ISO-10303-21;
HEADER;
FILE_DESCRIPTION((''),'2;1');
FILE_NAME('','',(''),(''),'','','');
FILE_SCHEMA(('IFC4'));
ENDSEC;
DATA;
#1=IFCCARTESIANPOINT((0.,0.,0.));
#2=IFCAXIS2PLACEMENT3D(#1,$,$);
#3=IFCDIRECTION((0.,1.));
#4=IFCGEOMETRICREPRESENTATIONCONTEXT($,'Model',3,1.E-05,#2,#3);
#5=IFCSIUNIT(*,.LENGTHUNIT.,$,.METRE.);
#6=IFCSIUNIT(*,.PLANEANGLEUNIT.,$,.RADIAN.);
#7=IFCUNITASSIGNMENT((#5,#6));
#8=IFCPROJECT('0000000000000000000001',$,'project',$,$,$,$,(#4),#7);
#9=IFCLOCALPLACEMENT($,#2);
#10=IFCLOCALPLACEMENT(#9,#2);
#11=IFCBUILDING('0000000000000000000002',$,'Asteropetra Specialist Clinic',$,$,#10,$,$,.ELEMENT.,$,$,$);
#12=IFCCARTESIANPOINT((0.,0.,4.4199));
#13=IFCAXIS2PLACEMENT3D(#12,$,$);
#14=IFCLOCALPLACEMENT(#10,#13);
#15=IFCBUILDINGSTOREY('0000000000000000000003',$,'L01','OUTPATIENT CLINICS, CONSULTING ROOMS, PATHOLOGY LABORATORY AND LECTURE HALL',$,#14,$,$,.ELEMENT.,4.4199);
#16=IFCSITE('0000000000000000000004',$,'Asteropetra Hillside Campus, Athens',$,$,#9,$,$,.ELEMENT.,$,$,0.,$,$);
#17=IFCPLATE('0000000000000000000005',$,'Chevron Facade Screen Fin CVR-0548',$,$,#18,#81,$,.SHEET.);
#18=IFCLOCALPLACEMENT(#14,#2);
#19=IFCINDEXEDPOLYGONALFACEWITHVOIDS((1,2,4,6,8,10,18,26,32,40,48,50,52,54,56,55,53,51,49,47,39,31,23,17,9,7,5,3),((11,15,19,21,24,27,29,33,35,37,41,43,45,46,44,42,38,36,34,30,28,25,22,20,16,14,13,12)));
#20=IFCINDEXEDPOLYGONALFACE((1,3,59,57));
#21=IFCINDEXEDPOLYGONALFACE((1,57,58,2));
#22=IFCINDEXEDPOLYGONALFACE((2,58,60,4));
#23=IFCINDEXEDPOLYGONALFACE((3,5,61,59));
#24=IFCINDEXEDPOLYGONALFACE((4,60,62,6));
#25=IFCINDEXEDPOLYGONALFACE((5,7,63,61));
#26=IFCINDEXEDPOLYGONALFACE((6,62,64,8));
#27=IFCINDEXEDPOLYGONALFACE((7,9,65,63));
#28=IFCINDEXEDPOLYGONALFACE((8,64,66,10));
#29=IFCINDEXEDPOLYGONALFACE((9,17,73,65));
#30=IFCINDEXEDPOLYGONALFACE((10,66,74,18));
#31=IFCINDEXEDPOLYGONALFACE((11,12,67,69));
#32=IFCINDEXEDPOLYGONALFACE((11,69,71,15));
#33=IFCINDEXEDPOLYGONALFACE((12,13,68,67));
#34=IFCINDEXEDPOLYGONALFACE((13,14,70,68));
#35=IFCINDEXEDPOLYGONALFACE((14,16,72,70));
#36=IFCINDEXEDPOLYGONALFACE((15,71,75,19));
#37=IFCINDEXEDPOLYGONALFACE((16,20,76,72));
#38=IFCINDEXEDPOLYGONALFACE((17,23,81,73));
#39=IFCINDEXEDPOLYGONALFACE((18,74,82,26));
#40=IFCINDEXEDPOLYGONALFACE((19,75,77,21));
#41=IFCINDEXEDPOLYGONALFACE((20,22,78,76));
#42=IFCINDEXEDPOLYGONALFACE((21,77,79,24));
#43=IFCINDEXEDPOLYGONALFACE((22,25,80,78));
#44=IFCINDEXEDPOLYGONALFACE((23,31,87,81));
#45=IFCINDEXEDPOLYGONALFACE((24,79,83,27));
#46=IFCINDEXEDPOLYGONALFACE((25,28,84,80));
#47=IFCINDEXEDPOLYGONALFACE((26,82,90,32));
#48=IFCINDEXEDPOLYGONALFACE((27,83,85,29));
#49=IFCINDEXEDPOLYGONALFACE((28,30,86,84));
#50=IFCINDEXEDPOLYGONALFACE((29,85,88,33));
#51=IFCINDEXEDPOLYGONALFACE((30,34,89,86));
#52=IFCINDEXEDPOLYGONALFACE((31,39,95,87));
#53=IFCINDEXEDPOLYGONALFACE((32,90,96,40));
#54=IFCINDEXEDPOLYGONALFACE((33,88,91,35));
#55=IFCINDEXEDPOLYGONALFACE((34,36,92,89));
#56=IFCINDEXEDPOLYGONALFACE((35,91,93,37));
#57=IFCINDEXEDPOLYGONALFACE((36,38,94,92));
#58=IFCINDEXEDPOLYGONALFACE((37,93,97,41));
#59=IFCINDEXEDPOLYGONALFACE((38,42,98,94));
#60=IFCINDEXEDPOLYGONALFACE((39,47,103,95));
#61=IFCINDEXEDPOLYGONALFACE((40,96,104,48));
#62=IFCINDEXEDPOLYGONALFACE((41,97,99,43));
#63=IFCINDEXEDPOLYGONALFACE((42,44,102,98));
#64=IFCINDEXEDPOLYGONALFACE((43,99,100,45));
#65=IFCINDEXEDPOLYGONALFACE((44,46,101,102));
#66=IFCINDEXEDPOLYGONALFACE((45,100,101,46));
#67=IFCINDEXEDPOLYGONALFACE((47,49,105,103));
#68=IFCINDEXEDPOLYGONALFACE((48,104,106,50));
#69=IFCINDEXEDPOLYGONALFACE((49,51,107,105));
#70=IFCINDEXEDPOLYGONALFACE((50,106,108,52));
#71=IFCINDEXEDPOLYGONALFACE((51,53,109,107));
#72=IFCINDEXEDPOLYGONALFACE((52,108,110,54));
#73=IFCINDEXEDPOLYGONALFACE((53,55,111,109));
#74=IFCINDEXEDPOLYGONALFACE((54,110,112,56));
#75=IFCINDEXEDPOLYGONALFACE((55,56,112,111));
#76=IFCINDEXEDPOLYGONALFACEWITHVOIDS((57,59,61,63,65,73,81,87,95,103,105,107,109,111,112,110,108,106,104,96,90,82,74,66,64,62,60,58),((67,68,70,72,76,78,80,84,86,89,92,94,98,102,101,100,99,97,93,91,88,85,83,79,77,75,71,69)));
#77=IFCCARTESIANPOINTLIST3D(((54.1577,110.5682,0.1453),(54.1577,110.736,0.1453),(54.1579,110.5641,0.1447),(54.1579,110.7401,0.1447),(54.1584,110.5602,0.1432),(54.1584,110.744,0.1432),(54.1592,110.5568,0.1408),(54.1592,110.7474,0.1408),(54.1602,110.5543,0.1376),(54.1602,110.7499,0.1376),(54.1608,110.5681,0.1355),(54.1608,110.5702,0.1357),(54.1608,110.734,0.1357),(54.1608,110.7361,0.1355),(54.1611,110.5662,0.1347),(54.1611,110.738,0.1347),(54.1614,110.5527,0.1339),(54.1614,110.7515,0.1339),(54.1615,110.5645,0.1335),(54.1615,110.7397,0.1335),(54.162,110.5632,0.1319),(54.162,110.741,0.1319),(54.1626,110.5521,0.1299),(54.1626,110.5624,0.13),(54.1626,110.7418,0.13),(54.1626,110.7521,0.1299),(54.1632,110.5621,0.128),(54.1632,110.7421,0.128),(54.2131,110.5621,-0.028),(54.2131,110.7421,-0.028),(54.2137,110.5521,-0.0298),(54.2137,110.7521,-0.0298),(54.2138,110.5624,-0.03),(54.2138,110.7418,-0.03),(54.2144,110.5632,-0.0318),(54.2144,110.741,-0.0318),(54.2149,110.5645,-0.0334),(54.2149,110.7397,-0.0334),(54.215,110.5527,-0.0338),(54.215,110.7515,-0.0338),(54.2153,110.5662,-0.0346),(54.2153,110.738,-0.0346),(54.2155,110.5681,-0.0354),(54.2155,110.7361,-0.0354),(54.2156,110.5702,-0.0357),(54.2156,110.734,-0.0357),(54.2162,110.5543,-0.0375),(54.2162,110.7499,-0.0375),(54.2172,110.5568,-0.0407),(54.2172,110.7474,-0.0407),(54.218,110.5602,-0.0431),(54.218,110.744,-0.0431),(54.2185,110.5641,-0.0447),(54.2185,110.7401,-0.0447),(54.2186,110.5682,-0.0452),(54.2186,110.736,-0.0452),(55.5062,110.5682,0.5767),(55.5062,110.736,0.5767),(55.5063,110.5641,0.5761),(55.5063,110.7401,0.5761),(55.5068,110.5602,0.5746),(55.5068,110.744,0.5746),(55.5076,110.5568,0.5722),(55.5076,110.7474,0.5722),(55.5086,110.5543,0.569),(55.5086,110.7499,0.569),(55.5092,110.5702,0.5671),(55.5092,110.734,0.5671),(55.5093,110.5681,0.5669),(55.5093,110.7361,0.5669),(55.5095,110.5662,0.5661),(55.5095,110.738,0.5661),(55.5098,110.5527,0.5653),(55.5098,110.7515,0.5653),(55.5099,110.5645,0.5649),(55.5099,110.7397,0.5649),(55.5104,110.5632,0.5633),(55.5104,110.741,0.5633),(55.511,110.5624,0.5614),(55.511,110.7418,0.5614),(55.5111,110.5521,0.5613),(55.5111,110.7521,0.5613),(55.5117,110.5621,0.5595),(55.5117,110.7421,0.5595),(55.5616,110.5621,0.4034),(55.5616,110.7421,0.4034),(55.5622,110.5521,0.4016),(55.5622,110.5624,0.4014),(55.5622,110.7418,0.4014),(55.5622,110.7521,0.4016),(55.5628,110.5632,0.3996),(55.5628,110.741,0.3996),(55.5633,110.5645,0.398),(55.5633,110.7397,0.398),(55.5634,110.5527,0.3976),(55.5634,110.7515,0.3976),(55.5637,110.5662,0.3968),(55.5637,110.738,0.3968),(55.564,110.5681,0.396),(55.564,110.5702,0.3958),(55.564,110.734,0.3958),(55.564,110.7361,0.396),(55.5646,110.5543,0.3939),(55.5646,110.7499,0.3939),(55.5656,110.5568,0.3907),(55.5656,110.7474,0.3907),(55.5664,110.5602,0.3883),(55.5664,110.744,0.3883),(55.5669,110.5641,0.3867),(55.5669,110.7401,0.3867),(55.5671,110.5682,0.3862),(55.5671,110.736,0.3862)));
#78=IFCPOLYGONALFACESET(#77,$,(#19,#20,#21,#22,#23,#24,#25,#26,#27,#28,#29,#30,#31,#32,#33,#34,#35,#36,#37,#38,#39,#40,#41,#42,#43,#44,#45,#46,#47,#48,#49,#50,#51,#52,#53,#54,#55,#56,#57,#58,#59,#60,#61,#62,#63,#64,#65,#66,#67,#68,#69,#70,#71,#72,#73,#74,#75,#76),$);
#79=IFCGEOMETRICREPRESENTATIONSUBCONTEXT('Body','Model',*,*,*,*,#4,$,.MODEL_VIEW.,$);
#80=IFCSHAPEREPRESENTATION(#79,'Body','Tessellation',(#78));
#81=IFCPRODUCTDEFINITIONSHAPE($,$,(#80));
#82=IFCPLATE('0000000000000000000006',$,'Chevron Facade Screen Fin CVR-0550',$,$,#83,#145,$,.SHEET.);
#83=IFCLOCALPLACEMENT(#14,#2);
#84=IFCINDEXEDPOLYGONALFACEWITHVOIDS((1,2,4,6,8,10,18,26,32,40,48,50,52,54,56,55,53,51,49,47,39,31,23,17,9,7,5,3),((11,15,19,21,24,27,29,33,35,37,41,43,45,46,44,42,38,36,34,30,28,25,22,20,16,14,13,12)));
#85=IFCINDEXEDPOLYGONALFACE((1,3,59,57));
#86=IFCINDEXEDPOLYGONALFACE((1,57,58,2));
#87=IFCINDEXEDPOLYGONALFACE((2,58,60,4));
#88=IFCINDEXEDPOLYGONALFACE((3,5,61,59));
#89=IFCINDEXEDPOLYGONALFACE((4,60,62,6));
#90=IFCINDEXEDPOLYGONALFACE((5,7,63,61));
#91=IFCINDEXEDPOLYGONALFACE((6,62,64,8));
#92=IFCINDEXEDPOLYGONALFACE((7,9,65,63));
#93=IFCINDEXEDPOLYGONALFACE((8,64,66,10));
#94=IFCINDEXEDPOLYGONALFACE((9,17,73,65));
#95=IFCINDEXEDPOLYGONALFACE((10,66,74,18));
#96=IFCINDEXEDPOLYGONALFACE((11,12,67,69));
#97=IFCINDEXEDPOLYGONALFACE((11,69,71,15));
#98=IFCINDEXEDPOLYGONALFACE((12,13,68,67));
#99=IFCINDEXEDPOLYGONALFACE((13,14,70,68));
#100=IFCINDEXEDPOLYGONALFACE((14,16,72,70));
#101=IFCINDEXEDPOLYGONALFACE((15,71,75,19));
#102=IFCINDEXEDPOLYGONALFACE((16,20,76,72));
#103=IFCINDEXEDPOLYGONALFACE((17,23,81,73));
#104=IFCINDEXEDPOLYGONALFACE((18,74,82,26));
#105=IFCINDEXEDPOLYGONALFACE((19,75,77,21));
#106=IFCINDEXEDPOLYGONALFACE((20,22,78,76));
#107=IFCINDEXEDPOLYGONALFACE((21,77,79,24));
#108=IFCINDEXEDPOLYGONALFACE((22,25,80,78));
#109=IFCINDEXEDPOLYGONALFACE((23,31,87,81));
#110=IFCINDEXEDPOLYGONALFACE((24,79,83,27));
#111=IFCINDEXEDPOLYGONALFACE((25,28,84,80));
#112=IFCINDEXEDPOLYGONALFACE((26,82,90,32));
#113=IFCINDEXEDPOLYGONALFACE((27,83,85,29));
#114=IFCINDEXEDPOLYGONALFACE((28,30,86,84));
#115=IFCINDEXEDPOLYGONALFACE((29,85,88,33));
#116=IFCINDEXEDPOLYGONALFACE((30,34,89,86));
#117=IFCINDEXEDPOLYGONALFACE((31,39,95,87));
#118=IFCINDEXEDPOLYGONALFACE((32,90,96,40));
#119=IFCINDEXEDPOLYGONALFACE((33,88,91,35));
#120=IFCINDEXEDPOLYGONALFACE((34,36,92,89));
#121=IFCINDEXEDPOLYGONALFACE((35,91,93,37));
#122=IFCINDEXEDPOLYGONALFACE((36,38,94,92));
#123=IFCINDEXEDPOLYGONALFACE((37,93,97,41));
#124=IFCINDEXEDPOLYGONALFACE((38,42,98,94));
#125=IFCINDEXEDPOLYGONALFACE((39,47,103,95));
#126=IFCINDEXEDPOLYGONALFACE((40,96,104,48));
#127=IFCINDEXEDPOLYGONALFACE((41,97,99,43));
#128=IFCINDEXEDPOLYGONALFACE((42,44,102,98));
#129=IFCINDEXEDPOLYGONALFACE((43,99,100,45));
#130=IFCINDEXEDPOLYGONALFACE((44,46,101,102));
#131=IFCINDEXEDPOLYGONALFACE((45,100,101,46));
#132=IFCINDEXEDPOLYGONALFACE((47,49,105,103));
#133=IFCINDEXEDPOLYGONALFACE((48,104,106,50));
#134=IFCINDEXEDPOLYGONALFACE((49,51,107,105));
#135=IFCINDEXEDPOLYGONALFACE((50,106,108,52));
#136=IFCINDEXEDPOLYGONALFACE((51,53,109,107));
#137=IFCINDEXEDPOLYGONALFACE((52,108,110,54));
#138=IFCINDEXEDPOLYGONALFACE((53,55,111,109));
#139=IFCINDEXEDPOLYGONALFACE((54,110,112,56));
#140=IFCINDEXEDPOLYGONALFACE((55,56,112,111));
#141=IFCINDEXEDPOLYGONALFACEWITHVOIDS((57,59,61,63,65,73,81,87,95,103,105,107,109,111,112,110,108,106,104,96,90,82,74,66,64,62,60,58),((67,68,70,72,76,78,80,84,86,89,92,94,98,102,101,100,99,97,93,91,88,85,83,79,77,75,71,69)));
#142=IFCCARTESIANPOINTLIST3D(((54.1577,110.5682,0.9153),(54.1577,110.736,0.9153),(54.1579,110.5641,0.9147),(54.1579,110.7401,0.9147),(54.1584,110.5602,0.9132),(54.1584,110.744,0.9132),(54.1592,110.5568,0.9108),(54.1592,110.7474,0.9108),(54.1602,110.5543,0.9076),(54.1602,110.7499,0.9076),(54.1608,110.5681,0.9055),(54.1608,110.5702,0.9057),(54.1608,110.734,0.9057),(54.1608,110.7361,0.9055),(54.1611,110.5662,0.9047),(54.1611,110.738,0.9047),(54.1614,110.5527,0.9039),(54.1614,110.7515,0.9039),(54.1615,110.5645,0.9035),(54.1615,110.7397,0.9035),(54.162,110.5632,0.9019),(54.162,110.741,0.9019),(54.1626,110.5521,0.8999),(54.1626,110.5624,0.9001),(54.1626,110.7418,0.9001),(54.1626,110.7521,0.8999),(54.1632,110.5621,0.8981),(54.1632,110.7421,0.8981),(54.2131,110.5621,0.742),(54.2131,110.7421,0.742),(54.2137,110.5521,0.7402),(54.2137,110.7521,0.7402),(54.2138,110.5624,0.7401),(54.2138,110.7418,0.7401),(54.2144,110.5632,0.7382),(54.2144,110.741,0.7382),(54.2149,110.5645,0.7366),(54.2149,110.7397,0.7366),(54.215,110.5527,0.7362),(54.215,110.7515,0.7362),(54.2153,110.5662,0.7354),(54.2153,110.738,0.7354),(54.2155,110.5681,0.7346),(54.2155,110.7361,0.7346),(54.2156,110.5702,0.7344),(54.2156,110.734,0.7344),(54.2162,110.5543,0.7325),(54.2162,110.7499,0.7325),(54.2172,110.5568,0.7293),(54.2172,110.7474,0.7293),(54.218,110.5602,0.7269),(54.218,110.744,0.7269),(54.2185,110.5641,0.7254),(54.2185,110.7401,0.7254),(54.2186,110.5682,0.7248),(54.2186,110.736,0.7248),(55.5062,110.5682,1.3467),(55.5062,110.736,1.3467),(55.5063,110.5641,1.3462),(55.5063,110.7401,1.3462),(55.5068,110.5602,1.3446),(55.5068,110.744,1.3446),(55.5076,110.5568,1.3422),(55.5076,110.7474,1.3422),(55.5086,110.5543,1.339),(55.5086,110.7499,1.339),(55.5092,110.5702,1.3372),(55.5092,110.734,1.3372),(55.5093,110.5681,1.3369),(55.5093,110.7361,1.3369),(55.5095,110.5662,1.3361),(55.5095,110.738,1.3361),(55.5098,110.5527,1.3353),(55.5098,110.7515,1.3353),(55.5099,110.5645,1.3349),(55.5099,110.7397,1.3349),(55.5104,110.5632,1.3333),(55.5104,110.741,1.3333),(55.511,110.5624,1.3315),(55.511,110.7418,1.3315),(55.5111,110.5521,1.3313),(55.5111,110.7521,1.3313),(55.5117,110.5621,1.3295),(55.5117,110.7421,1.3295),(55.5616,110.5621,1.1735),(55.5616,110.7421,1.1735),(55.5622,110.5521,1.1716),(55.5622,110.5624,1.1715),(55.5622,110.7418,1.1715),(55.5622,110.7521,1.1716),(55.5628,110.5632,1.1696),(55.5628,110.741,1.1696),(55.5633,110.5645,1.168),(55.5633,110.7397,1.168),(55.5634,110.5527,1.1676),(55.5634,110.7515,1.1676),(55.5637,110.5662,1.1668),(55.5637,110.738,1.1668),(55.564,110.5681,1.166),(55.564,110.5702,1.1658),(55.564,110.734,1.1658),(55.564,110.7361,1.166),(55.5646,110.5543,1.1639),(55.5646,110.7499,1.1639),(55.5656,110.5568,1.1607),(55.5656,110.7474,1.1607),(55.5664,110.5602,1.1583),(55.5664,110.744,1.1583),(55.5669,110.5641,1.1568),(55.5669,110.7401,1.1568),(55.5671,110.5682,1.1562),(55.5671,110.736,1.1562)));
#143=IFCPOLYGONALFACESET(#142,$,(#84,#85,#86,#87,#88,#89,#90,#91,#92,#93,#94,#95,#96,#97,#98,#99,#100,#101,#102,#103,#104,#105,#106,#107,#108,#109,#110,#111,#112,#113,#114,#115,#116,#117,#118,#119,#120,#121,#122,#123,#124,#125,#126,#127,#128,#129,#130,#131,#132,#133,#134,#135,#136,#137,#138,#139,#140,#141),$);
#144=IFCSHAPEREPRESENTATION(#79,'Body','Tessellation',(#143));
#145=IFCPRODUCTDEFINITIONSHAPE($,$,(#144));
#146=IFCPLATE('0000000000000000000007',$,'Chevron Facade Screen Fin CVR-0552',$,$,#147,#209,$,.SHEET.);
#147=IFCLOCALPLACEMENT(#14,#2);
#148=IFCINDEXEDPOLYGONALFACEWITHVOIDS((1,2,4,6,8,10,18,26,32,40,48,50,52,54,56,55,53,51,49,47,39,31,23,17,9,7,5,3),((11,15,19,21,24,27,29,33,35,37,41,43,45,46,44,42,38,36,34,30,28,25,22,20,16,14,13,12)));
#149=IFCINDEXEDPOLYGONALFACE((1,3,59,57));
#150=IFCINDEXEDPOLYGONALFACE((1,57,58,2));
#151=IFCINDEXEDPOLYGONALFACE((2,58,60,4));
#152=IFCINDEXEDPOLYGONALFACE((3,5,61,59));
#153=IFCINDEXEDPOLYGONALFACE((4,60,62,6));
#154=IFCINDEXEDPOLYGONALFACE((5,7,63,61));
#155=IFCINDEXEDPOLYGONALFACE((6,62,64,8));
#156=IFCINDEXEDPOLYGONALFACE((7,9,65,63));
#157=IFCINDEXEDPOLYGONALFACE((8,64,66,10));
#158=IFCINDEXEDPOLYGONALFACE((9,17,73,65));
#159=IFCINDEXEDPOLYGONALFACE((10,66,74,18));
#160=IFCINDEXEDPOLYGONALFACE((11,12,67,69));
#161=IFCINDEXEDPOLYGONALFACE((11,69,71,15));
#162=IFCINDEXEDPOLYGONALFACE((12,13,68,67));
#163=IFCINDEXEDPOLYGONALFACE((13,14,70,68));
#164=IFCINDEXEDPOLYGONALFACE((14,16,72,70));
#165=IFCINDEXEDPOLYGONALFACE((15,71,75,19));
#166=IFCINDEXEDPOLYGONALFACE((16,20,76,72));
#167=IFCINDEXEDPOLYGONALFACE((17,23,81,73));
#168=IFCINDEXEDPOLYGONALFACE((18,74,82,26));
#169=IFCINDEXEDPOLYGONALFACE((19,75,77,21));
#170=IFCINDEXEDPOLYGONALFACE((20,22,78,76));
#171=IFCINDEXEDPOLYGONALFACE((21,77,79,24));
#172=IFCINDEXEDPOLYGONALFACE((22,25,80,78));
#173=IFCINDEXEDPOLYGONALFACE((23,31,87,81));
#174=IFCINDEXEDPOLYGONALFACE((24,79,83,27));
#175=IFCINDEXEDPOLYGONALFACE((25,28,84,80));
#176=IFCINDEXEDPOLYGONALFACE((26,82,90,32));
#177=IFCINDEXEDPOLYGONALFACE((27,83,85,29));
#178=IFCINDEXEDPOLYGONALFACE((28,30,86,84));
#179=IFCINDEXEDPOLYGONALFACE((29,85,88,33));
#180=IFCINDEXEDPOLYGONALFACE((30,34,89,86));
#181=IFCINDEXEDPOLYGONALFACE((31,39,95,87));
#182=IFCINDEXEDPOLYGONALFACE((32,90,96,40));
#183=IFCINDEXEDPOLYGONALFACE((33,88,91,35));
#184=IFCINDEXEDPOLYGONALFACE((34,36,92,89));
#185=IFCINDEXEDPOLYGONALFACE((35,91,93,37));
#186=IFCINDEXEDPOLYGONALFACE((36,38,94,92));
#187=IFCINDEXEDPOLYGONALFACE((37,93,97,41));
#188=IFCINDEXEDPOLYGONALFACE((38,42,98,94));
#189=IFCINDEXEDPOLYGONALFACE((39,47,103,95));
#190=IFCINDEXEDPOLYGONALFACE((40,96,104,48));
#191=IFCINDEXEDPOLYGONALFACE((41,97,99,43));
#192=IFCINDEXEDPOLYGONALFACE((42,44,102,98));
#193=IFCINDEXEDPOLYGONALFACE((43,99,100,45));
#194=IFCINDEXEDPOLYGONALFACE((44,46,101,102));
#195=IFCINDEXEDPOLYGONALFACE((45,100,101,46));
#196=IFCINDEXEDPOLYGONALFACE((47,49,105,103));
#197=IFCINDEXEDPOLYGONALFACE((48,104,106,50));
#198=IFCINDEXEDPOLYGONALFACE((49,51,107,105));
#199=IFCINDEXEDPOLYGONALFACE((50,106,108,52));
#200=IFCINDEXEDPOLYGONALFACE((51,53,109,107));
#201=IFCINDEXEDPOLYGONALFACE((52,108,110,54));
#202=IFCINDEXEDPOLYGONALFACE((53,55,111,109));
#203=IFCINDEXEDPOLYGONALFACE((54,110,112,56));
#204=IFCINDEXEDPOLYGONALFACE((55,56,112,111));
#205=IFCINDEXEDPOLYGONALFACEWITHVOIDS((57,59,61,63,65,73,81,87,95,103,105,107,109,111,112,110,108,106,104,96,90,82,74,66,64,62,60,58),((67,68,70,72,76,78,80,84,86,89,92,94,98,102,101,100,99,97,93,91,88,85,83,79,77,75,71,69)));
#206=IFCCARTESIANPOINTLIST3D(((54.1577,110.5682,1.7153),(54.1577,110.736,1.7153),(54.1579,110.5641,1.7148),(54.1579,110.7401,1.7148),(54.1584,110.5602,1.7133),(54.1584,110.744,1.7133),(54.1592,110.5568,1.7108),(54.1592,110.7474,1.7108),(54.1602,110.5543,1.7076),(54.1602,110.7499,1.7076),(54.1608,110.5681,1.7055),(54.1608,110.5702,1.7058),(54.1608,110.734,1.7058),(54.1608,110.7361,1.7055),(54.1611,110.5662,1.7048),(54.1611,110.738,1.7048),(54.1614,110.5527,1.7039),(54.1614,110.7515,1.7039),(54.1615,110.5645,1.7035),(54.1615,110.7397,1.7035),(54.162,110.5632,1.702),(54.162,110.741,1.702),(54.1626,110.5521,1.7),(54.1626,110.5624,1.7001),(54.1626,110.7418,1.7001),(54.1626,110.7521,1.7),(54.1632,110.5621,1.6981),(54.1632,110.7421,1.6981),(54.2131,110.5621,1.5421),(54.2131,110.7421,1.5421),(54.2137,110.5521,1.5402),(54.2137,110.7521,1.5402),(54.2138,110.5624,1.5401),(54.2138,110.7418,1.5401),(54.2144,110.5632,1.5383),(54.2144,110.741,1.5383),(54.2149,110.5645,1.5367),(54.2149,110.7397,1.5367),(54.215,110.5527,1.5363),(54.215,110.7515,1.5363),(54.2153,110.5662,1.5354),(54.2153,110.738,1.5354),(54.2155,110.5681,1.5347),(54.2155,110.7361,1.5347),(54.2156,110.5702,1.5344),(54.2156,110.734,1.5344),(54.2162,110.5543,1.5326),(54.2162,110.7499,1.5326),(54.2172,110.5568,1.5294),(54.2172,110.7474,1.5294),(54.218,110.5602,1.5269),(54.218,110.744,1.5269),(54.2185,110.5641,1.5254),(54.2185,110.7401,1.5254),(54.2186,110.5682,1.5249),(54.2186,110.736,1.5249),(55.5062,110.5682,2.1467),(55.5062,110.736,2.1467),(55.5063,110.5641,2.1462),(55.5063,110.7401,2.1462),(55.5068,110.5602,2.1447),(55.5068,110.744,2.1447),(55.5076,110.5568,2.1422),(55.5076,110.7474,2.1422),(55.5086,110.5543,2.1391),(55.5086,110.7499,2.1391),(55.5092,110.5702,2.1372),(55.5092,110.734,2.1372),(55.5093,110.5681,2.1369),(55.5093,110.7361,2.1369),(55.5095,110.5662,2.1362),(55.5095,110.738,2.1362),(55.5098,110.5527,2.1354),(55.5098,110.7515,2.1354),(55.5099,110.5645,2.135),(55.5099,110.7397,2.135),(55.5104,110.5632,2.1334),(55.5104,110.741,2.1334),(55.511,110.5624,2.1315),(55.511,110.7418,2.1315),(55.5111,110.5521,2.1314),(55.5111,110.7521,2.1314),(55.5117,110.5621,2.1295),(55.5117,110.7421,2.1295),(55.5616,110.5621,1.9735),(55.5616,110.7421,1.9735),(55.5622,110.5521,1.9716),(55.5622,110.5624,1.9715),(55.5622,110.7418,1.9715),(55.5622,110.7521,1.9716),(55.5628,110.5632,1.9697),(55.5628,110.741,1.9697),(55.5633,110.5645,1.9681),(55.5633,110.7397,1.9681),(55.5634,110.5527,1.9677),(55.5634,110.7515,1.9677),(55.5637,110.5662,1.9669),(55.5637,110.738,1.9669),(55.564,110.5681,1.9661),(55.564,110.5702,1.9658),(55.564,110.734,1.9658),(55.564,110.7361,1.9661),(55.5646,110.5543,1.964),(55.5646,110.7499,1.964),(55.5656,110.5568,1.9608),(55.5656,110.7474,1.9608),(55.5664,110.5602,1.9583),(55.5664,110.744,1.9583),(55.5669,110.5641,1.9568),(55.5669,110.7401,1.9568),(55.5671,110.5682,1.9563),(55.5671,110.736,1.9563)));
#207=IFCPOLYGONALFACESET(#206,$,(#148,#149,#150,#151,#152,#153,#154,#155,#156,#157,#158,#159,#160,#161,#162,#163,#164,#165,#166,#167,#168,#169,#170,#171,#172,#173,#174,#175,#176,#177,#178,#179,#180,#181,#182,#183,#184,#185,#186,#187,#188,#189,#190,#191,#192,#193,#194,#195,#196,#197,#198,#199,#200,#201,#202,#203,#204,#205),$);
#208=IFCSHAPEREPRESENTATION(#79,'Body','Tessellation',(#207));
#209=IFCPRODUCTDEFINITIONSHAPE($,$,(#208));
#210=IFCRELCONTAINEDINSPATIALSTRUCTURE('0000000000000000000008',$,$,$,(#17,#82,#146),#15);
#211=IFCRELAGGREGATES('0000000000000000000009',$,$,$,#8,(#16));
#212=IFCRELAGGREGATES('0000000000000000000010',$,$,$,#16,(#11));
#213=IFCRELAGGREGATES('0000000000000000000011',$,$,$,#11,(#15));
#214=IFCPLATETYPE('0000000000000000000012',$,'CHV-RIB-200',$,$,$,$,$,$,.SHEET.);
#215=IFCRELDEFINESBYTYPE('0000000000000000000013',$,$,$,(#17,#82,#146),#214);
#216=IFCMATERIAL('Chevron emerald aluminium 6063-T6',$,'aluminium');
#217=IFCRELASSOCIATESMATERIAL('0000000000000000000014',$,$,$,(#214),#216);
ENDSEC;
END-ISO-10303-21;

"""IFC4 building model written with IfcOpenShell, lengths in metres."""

from ifc_helpers import new_model, si_unit, direction, frame, origin, origin_2d, place, context, subcontext, project, spatial, hollow_rectangle, extrude, material, material_profile, profile_set, type_object, element, save


model = new_model("IFC4")

# Units and contexts
model_context = context("Model", 3, precision=1e-05, world=origin(), true_north=direction((0.0, 1.0)))
body_context = subcontext(model_context, "Body", "Model", "MODEL_VIEW")
ifc_project = project(units=[si_unit("LENGTHUNIT", "METRE"), si_unit("PLANEANGLEUNIT", "RADIAN")], contexts=[model_context])

# Site, building, storey
site_placement = place(None, origin())
site = spatial("IfcSite", under=ifc_project, at=site_placement, Name="Asteropetra Hillside Campus, Athens", CompositionType="ELEMENT", RefElevation=0.0)
building_placement = place(site_placement, origin())
building = spatial("IfcBuilding", under=site, at=building_placement, Name="Asteropetra Specialist Clinic", CompositionType="ELEMENT")
storey_placement = place(building_placement, frame((0.0, 0.0, 4.4199)))
storey = spatial("IfcBuildingStorey", under=building, at=storey_placement, Name="L01", Description="OUTPATIENT CLINICS, CONSULTING ROOMS, PATHOLOGY LABORATORY AND LECTURE HALL", CompositionType="ELEMENT", Elevation=4.4199)

# Plates
ifc_material_1 = material(Name="Chevron emerald aluminium 6063-T6", Category="aluminium")
ifc_material_profile = material_profile(ifc_material_1, hollow_rectangle(XDim=0.2, YDim=0.2, WallThickness=0.01, InnerFilletRadius=0.0081, OuterFilletRadius=0.0161, at=origin_2d()), Name="SHS 200x200x10.0")
ifc_profile_set = profile_set([ifc_material_profile], Name="Chevron emerald aluminium 6063-T6")
plate_type_1 = type_object("IfcPlateType", Name="CHV-RIB-200", PredefinedType="SHEET", material=ifc_profile_set)
for number, where, z_axis, x_axis, name in (
    (1, (55.5366, 110.6521, 0.4814), (-0.952442, 0.0, -0.304719), (0.0, -1.0, 0.0), "Chevron Facade Screen Fin CVR-0548"),
    (2, (55.5366, 110.6521, 1.2515), (-0.952442, 0.0, -0.304719), (0.0, -1.0, 0.0), "Chevron Facade Screen Fin CVR-0550"),
    (3, (55.5366, 110.6521, 2.0515), (-0.952442, 0.0, -0.304719), (0.0, -1.0, 0.0), "Chevron Facade Screen Fin CVR-0552"),
):
    element("IfcPlate", number, at=place(storey_placement, frame(where, z_axis=z_axis, x_axis=x_axis)), inside=storey, type_object=plate_type_1, Name=name, PredefinedType="SHEET", context=body_context, shape_type="SweptSolid", body=[
        extrude(hollow_rectangle(XDim=0.2, YDim=0.2, WallThickness=0.01, InnerFilletRadius=0.0081, OuterFilletRadius=0.0161, at=origin_2d()), origin(), (0.0, 0.0, 1.0), 1.4158),
    ])

save(model, "model.ifc")
